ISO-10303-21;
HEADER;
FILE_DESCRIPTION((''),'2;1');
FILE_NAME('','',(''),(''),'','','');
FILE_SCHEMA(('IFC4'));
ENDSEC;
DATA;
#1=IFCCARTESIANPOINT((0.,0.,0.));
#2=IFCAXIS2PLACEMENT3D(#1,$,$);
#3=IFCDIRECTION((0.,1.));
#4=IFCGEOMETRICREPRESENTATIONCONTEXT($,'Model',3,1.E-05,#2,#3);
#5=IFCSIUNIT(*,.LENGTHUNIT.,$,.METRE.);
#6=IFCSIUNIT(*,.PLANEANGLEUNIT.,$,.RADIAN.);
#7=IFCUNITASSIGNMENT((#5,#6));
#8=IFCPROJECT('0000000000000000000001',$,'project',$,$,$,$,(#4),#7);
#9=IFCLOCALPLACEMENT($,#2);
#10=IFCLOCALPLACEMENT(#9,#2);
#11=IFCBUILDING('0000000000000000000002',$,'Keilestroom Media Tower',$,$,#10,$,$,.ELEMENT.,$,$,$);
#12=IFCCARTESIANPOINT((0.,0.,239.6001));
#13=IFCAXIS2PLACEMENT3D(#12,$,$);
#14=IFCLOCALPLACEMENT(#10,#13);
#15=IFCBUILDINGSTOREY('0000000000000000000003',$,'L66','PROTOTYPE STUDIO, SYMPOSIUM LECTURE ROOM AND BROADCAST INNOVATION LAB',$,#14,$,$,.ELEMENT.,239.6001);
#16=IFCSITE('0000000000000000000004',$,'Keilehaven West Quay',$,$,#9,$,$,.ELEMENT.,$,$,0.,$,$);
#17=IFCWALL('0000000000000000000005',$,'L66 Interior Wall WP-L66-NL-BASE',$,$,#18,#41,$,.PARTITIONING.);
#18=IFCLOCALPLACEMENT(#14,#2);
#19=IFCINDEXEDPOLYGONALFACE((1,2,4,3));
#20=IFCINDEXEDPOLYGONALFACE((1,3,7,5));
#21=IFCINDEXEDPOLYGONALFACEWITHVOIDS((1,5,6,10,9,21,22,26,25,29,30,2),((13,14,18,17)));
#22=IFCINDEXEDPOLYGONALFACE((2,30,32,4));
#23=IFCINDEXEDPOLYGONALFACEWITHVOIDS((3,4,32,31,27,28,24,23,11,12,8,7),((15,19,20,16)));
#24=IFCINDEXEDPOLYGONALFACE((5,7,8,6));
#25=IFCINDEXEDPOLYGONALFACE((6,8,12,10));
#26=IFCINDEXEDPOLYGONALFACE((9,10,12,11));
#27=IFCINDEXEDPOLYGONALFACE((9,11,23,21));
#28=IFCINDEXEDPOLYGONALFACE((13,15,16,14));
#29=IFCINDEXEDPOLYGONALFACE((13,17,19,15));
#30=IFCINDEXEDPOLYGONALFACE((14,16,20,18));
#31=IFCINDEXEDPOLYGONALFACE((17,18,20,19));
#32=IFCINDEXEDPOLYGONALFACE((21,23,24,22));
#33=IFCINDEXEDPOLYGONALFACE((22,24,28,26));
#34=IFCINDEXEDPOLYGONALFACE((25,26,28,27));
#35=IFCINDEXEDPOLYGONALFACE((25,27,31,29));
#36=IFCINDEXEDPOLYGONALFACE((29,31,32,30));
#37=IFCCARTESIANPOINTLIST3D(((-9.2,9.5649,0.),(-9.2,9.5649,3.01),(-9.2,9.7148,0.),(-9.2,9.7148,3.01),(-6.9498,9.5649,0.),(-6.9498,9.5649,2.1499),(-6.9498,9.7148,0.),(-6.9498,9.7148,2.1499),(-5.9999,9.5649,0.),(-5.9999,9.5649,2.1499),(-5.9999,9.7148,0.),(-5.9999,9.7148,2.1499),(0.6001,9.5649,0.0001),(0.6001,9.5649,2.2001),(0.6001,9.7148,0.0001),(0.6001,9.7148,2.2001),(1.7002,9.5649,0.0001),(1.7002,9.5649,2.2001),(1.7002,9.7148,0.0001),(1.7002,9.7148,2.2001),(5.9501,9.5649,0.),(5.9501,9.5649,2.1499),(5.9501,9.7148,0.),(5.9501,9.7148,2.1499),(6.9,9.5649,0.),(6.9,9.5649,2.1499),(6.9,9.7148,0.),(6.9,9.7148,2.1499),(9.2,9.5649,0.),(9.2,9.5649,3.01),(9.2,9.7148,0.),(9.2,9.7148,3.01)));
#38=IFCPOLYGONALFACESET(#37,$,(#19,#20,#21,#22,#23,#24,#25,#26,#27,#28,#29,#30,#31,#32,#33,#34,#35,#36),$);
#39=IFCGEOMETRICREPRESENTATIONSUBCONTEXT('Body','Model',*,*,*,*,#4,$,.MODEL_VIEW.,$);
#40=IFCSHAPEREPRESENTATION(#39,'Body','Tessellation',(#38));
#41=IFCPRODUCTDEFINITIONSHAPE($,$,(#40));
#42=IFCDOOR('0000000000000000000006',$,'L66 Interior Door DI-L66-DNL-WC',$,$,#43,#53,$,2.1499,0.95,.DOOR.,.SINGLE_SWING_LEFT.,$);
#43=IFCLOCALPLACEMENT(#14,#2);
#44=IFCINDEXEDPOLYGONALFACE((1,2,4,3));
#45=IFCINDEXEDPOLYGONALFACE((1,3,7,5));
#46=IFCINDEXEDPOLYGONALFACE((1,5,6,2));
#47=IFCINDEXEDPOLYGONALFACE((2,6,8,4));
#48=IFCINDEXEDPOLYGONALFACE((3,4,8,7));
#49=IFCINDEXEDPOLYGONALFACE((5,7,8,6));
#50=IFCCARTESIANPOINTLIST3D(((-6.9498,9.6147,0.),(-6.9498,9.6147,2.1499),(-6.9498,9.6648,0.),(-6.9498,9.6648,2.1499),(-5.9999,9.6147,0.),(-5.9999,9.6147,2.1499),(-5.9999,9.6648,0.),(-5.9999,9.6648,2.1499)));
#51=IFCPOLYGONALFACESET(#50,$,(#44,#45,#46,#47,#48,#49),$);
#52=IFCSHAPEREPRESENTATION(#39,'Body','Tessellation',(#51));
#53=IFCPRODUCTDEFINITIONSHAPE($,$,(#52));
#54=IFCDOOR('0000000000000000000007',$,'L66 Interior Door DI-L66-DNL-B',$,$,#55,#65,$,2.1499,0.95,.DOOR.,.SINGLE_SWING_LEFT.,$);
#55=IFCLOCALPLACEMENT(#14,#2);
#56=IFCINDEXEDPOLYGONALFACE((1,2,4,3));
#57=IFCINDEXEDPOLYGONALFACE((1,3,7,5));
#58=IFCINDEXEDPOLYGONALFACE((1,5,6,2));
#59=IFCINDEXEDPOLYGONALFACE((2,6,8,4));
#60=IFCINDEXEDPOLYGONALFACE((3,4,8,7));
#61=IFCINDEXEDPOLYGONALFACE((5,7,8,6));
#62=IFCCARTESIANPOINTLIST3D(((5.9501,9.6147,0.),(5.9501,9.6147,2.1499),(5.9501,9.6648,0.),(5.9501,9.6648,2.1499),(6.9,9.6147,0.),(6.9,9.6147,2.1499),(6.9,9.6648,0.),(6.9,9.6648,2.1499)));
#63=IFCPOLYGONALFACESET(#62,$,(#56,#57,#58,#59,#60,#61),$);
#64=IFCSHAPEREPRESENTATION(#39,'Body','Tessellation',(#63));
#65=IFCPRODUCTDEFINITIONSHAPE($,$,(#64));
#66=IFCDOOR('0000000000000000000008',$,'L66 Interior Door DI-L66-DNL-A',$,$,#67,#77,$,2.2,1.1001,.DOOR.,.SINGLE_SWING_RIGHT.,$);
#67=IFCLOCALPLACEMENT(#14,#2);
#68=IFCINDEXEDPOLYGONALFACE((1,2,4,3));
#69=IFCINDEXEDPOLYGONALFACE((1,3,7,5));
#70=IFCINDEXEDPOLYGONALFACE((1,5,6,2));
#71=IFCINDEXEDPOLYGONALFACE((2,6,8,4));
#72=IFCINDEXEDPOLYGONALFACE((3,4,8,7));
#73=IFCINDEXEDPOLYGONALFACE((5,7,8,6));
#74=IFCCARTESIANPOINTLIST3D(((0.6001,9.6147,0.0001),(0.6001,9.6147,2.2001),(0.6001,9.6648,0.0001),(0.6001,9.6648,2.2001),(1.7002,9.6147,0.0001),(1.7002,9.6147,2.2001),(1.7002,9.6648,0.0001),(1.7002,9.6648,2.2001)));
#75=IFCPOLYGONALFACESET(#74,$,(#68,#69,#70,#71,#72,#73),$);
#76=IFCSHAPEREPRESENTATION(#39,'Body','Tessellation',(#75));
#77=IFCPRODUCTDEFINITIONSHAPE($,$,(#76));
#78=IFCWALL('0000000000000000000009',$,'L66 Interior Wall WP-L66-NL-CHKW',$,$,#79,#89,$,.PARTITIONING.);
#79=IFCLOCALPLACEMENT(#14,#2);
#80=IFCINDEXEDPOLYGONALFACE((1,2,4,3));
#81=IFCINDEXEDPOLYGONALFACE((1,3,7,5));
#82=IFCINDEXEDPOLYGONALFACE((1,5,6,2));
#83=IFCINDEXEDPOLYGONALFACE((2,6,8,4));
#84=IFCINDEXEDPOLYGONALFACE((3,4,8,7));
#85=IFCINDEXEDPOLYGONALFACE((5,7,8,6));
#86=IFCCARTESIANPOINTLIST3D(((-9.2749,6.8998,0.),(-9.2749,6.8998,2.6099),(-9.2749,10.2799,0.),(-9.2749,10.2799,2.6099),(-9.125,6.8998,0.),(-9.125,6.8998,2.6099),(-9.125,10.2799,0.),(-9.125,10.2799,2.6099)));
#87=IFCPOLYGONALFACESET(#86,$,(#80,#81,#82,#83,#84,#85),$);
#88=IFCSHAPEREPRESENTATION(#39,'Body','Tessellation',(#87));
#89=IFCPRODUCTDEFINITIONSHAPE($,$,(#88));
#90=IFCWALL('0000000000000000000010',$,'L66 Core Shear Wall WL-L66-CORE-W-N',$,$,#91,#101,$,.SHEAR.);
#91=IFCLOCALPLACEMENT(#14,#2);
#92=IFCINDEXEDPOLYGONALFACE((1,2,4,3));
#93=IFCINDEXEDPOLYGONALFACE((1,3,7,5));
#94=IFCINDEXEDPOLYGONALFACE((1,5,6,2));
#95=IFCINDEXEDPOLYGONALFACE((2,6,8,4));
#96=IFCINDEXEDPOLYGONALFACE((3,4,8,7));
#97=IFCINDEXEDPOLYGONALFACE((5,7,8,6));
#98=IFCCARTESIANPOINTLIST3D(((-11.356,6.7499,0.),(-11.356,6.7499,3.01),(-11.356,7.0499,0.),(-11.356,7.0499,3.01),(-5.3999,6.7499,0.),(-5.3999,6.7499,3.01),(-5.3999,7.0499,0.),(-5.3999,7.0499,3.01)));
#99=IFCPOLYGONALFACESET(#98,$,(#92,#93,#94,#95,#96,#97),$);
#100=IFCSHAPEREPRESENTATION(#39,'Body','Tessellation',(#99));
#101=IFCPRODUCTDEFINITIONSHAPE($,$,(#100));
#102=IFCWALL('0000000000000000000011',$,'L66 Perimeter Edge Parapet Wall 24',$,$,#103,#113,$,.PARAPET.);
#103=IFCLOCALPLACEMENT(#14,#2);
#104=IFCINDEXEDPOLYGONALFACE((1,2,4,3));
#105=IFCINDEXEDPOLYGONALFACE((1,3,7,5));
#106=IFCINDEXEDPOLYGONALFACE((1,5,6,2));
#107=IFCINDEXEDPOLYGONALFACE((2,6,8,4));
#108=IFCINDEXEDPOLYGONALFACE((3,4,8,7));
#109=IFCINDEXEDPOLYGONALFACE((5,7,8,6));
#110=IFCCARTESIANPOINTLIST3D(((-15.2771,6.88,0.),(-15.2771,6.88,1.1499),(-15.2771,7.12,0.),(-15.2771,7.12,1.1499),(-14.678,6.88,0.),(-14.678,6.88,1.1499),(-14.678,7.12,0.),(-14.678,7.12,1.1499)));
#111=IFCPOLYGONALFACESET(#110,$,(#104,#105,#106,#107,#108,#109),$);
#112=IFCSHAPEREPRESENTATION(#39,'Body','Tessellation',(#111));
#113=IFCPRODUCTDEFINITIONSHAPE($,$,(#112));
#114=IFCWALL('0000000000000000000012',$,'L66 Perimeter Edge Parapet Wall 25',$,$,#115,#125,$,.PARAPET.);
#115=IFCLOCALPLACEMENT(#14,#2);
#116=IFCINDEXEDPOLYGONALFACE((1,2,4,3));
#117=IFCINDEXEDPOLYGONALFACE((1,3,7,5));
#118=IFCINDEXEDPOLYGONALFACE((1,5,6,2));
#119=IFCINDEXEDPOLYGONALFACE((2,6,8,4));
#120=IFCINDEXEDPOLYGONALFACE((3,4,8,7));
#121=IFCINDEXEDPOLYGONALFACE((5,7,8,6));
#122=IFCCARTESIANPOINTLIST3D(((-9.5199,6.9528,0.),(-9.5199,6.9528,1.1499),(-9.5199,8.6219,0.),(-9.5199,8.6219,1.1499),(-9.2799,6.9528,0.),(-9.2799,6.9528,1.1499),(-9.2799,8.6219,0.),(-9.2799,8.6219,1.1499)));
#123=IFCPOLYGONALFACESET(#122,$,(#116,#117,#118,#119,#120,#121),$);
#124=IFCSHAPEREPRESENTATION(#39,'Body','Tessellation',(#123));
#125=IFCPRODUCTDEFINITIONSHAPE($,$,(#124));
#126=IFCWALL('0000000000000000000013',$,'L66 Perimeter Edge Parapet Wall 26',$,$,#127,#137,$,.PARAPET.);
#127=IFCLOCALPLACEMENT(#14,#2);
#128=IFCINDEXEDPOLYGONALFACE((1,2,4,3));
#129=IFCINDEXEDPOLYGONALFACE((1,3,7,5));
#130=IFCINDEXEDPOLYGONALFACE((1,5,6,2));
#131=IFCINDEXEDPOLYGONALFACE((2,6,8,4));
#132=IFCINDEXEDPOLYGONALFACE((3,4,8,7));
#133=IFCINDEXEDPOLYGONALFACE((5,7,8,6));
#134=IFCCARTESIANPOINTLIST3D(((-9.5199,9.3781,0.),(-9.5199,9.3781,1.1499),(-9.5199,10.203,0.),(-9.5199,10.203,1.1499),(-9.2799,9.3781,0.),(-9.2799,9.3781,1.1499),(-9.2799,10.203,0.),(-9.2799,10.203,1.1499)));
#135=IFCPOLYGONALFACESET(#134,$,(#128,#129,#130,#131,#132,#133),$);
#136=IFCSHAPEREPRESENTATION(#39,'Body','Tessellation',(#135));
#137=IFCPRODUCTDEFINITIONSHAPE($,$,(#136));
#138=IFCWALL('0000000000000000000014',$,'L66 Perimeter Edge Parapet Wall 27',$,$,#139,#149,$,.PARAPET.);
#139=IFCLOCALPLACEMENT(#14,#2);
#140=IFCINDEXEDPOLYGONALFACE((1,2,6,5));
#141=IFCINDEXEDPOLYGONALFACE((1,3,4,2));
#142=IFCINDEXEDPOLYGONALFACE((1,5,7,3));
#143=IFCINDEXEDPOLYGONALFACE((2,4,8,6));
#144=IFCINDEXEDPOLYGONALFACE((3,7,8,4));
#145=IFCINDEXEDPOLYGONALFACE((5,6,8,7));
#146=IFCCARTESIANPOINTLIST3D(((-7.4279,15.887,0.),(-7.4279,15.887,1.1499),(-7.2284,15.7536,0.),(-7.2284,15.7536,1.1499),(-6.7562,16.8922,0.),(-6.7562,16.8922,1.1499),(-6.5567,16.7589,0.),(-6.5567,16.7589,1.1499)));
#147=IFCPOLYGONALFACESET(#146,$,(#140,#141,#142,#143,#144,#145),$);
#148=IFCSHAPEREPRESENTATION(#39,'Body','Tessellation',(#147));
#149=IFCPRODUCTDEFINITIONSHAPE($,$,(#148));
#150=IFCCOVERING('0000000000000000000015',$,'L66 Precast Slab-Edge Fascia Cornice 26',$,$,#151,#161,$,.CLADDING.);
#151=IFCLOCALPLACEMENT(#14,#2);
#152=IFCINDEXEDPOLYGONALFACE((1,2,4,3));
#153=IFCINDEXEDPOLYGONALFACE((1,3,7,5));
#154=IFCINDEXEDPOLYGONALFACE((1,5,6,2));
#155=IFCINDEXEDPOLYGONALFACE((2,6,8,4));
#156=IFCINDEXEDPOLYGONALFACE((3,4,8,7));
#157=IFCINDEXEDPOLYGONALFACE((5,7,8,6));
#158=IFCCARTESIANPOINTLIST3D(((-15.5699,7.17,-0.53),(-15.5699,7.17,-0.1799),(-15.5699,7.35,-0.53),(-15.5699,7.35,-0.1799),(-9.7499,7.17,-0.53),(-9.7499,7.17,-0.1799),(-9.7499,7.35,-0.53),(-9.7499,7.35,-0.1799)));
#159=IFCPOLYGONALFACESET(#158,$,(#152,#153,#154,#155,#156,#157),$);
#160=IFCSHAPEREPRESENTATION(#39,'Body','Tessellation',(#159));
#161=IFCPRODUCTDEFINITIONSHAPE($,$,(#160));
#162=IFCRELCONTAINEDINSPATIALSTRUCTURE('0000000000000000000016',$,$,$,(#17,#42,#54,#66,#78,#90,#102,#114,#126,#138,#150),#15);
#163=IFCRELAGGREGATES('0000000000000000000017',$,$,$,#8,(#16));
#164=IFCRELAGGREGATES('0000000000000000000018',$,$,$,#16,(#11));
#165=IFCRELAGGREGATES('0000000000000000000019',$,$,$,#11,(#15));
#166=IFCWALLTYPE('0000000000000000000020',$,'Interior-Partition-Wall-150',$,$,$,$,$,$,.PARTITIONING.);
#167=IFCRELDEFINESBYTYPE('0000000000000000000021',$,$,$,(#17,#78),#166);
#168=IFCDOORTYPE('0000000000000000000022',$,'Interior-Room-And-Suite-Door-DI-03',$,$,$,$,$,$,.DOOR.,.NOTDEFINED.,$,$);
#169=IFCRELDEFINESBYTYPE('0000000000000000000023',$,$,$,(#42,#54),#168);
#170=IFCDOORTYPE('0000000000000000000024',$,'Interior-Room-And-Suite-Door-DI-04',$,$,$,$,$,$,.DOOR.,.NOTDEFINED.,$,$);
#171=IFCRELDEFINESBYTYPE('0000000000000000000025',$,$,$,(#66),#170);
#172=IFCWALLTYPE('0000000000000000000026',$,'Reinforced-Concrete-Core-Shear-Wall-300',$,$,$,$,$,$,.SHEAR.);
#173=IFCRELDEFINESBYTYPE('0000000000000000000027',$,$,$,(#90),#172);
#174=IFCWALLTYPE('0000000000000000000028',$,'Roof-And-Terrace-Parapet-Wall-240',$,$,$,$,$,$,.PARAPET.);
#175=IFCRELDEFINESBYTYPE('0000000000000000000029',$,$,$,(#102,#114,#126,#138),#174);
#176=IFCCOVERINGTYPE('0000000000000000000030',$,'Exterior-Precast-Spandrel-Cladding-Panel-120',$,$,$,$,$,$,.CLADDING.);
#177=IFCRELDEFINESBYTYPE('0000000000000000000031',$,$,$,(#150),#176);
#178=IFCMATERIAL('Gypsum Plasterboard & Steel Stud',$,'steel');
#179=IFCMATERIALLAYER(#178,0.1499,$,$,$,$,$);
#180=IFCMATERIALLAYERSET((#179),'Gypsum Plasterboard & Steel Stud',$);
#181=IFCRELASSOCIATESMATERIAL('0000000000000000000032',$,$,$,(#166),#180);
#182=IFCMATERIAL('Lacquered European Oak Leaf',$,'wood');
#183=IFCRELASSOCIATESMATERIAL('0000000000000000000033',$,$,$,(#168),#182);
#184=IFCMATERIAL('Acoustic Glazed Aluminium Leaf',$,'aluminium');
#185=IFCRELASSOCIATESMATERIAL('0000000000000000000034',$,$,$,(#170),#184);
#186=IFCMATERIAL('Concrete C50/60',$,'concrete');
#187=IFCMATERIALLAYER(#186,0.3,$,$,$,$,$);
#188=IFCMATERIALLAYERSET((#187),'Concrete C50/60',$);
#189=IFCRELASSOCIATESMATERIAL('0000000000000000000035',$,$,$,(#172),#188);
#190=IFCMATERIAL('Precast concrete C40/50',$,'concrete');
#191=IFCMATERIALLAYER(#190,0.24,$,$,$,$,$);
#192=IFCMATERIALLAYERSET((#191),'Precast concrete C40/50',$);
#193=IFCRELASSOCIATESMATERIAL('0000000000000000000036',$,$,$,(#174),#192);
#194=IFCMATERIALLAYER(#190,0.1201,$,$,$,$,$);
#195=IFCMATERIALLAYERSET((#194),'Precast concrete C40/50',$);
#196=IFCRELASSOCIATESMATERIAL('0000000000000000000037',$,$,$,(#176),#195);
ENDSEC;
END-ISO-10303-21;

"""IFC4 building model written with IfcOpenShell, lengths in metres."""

from ifc_helpers import new_model, si_unit, direction, frame, frame_2d, origin, origin_2d, place, context, subcontext, project, spatial, rectangle, extrude, source, transform, mapped, material, layer, layer_set, type_object, element, fill, save


model = new_model("IFC4")

# Units and contexts
model_context = context("Model", 3, precision=1e-05, world=origin(), true_north=direction((0.0, 1.0)))
body_context = subcontext(model_context, "Body", "Model", "MODEL_VIEW")
ifc_project = project(units=[si_unit("LENGTHUNIT", "METRE"), si_unit("PLANEANGLEUNIT", "RADIAN")], contexts=[model_context])

# Site, building, storey
site_placement = place(None, origin())
site = spatial("IfcSite", under=ifc_project, at=site_placement, Name="Keilehaven West Quay", CompositionType="ELEMENT", RefElevation=0.0)
building_placement = place(site_placement, origin())
building = spatial("IfcBuilding", under=site, at=building_placement, Name="Keilestroom Media Tower", CompositionType="ELEMENT")
storey_placement = place(building_placement, frame((0.0, 0.0, 239.6001)))
storey = spatial("IfcBuildingStorey", under=building, at=storey_placement, Name="L66", Description="PROTOTYPE STUDIO, SYMPOSIUM LECTURE ROOM AND BROADCAST INNOVATION LAB", CompositionType="ELEMENT", Elevation=239.6001)

# Shared definitions
ifc_material_1 = material(Name="Precast concrete C40/50", Category="concrete")
ifc_material_2 = material(Name="Concrete C50/60", Category="concrete")

# Shared definitions
ifc_material_3 = material(Name="Gypsum Plasterboard & Steel Stud", Category="steel")

# Wall, openings, doors
ifc_layer_1 = layer(ifc_material_3, 0.1499)
ifc_layer_set_1 = layer_set([ifc_layer_1], Name="Gypsum Plasterboard & Steel Stud")
wall_type_1 = type_object("IfcWallType", Name="Interior-Partition-Wall-150", PredefinedType="PARTITIONING", material=ifc_layer_set_1)
wall_1_placement = place(storey_placement, frame((-9.2, 9.6399, 0.0), z_axis=(0.0, 0.0, 1.0), x_axis=(1.0, 0.0, 0.0)))
wall_1 = element("IfcWall", 1, at=wall_1_placement, inside=storey, type_object=wall_type_1, Name="L66 Interior Wall WP-L66-NL-BASE", PredefinedType="PARTITIONING", context=body_context, shape_type="SweptSolid", body=[
    extrude(rectangle(XDim=18.3999, YDim=0.1499, at=frame_2d((9.2, 0.0))), origin(), (0.0, 0.0, 1.0), 3.01),
])
opening_1_placement = place(wall_1_placement, frame((2.25, 0.0, 0.0)))
opening_1 = element("IfcOpeningElement", 2, at=opening_1_placement, cuts=wall_1, PredefinedType="OPENING", context=body_context, shape_type="SweptSolid", body=[
    extrude(rectangle(XDim=0.95, YDim=2.1499, at=frame_2d((0.4751, 1.075))), frame((0.0, 0.085, 0.0), z_axis=(0.0, -1.0, 0.0), x_axis=(1.0, 0.0, 0.0)), (0.0, 0.0, 1.0), 0.1699),
])
opening_2_placement = place(wall_1_placement, frame((9.8, 0.0, 0.0)))
opening_2 = element("IfcOpeningElement", 3, at=opening_2_placement, cuts=wall_1, PredefinedType="OPENING", context=body_context, shape_type="SweptSolid", body=[
    extrude(rectangle(XDim=1.1001, YDim=2.2, at=frame_2d((0.55, 1.1001))), frame((0.0, 0.085, 0.0), z_axis=(0.0, -1.0, 0.0), x_axis=(1.0, 0.0, 0.0)), (0.0, 0.0, 1.0), 0.1699),
])
opening_3_placement = place(wall_1_placement, frame((15.1499, 0.0, 0.0)))
opening_3 = element("IfcOpeningElement", 4, at=opening_3_placement, cuts=wall_1, PredefinedType="OPENING", context=body_context, shape_type="SweptSolid", body=[
    extrude(rectangle(XDim=0.95, YDim=2.1499, at=frame_2d((0.4751, 1.075))), frame((0.0, 0.085, 0.0), z_axis=(0.0, -1.0, 0.0), x_axis=(1.0, 0.0, 0.0)), (0.0, 0.0, 1.0), 0.1699),
])
ifc_material_4 = material(Name="Lacquered European Oak Leaf", Category="wood")
door_type_1 = type_object("IfcDoorType", Name="Interior-Room-And-Suite-Door-DI-03", OperationType="NOTDEFINED", PredefinedType="DOOR", material=ifc_material_4)
shared_shape_1 = source(origin(), body_context, "Body", "SweptSolid", [
    extrude(rectangle(XDim=0.95, YDim=2.1499, at=frame_2d((0.4751, 1.075))), frame((0.0, 0.0249, 0.0), z_axis=(0.0, -1.0, 0.0), x_axis=(1.0, 0.0, 0.0)), (0.0, 0.0, 1.0), 0.05),
])
door_1_placement = place(opening_1_placement, origin())
door_1 = element("IfcDoor", 5, at=door_1_placement, inside=storey, type_object=door_type_1, Name="L66 Interior Door DI-L66-DNL-WC", OperationType="SINGLE_SWING_LEFT", OverallHeight=2.1499, OverallWidth=0.95, PredefinedType="DOOR", context=body_context, shape_type="MappedRepresentation", body=[
    mapped(shared_shape_1, transform((0.0, 0.0, 0.0), x_axis=(1.0, 0.0, 0.0), y_axis=(0.0, 1.0, 0.0), z_axis=(0.0, 0.0, 1.0), scale=1.0)),
])
fill(opening_1, door_1)
door_2_placement = place(opening_3_placement, origin())
door_2 = element("IfcDoor", 6, at=door_2_placement, inside=storey, type_object=door_type_1, Name="L66 Interior Door DI-L66-DNL-B", OperationType="SINGLE_SWING_LEFT", OverallHeight=2.1499, OverallWidth=0.95, PredefinedType="DOOR", context=body_context, shape_type="MappedRepresentation", body=[
    mapped(shared_shape_1, transform((0.0, 0.0, 0.0), x_axis=(1.0, 0.0, 0.0), y_axis=(0.0, 1.0, 0.0), z_axis=(0.0, 0.0, 1.0), scale=1.0)),
])
fill(opening_3, door_2)
ifc_material_5 = material(Name="Acoustic Glazed Aluminium Leaf", Category="aluminium")
door_type_2 = type_object("IfcDoorType", Name="Interior-Room-And-Suite-Door-DI-04", OperationType="NOTDEFINED", PredefinedType="DOOR", material=ifc_material_5)
shared_shape_2 = source(origin(), body_context, "Body", "SweptSolid", [
    extrude(rectangle(XDim=1.1001, YDim=2.2, at=frame_2d((0.55, 1.1001))), frame((0.0, 0.0249, 0.0), z_axis=(0.0, -1.0, 0.0), x_axis=(1.0, 0.0, 0.0)), (0.0, 0.0, 1.0), 0.05),
])
door_3_placement = place(opening_2_placement, origin())
door_3 = element("IfcDoor", 7, at=door_3_placement, inside=storey, type_object=door_type_2, Name="L66 Interior Door DI-L66-DNL-A", OperationType="SINGLE_SWING_RIGHT", OverallHeight=2.2, OverallWidth=1.1001, PredefinedType="DOOR", context=body_context, shape_type="MappedRepresentation", body=[
    mapped(shared_shape_2, transform((0.0, 0.0, 0.0), x_axis=(1.0, 0.0, 0.0), y_axis=(0.0, 1.0, 0.0), z_axis=(0.0, 0.0, 1.0), scale=1.0)),
])
fill(opening_2, door_3)

# Walls
wall_2_placement = place(storey_placement, frame((-9.2, 6.8999, 0.0), z_axis=(0.0, 0.0, 1.0), x_axis=(0.0, 1.0, 0.0)))
element("IfcWall", 8, at=wall_2_placement, inside=storey, type_object=wall_type_1, Name="L66 Interior Wall WP-L66-NL-CHKW", PredefinedType="PARTITIONING", context=body_context, shape_type="SweptSolid", body=[
    extrude(rectangle(XDim=3.3801, YDim=0.1499, at=frame_2d((1.6899, 0.0))), origin(), (0.0, 0.0, 1.0), 2.6099),
])
ifc_layer_2 = layer(ifc_material_2, 0.3)
ifc_layer_set_2 = layer_set([ifc_layer_2], Name="Concrete C50/60")
wall_type_2 = type_object("IfcWallType", Name="Reinforced-Concrete-Core-Shear-Wall-300", PredefinedType="SHEAR", material=ifc_layer_set_2)
wall_3_placement = place(storey_placement, frame((-11.356, 6.8999, 0.0), z_axis=(0.0, 0.0, 1.0), x_axis=(1.0, 0.0, 0.0)))
element("IfcWall", 9, at=wall_3_placement, inside=storey, type_object=wall_type_2, Name="L66 Core Shear Wall WL-L66-CORE-W-N", PredefinedType="SHEAR", context=body_context, shape_type="SweptSolid", body=[
    extrude(rectangle(XDim=5.9561, YDim=0.3, at=frame_2d((2.978, 0.0))), origin(), (0.0, 0.0, 1.0), 3.01),
])
ifc_layer_3 = layer(ifc_material_1, 0.24)
ifc_layer_set_3 = layer_set([ifc_layer_3], Name="Precast concrete C40/50")
wall_type_3 = type_object("IfcWallType", Name="Roof-And-Terrace-Parapet-Wall-240", PredefinedType="PARAPET", material=ifc_layer_set_3)
wall_4_placement = place(storey_placement, frame((-15.2771, 7.0, 0.0), z_axis=(0.0, 0.0, 1.0), x_axis=(1.0, 0.0, 0.0)))
element("IfcWall", 10, at=wall_4_placement, inside=storey, type_object=wall_type_3, Name="L66 Perimeter Edge Parapet Wall 24", PredefinedType="PARAPET", context=body_context, shape_type="SweptSolid", body=[
    extrude(rectangle(XDim=0.5991, YDim=0.24, at=frame_2d((0.2996, 0.0))), origin(), (0.0, 0.0, 1.0), 1.1499),
])
wall_5_placement = place(storey_placement, frame((-9.3999, 6.9529, 0.0), z_axis=(0.0, 0.0, 1.0), x_axis=(0.0, 1.0, 0.0)))
element("IfcWall", 11, at=wall_5_placement, inside=storey, type_object=wall_type_3, Name="L66 Perimeter Edge Parapet Wall 25", PredefinedType="PARAPET", context=body_context, shape_type="SweptSolid", body=[
    extrude(rectangle(XDim=1.6692, YDim=0.24, at=frame_2d((0.8345, 0.0))), origin(), (0.0, 0.0, 1.0), 1.1499),
])
wall_6_placement = place(storey_placement, frame((-9.3999, 9.3779, 0.0), z_axis=(0.0, 0.0, 1.0), x_axis=(0.0, 1.0, 0.0)))
element("IfcWall", 12, at=wall_6_placement, inside=storey, type_object=wall_type_3, Name="L66 Perimeter Edge Parapet Wall 26", PredefinedType="PARAPET", context=body_context, shape_type="SweptSolid", body=[
    extrude(rectangle(XDim=0.825, YDim=0.24, at=frame_2d((0.4126, 0.0))), origin(), (0.0, 0.0, 1.0), 1.1499),
])
wall_7_placement = place(storey_placement, frame((-7.3281, 15.8203, 0.0), z_axis=(0.0, 0.0, 1.0), x_axis=(0.555585, 0.831459, 0.0)))
element("IfcWall", 13, at=wall_7_placement, inside=storey, type_object=wall_type_3, Name="L66 Perimeter Edge Parapet Wall 27", PredefinedType="PARAPET", context=body_context, shape_type="SweptSolid", body=[
    extrude(rectangle(XDim=1.209, YDim=0.24, at=frame_2d((0.6045, 0.0))), origin(), (0.0, 0.0, 1.0), 1.1499),
])

# Covering
ifc_layer_4 = layer(ifc_material_1, 0.1201)
ifc_layer_set_4 = layer_set([ifc_layer_4], Name="Precast concrete C40/50")
covering_type = type_object("IfcCoveringType", Name="Exterior-Precast-Spandrel-Cladding-Panel-120", PredefinedType="CLADDING", material=ifc_layer_set_4)
shared_shape_3 = source(origin(), body_context, "Body", "SweptSolid", [
    extrude(rectangle(XDim=5.8201, YDim=0.1799, at=origin_2d()), origin(), (0.0, 0.0, 1.0), 0.3501),
])
covering_1_placement = place(storey_placement, frame((-12.6599, 7.26, -0.53), z_axis=(0.0, 0.0, 1.0), x_axis=(1.0, 0.0, 0.0)))
element("IfcCovering", 14, at=covering_1_placement, inside=storey, type_object=covering_type, Name="L66 Precast Slab-Edge Fascia Cornice 26", PredefinedType="CLADDING", context=body_context, shape_type="MappedRepresentation", body=[
    mapped(shared_shape_3, transform((0.0, 0.0, 0.0), x_axis=(1.0, 0.0, 0.0), y_axis=(0.0, 1.0, 0.0), z_axis=(0.0, 0.0, 1.0), scale=1.0)),
])

save(model, "model.ifc")
